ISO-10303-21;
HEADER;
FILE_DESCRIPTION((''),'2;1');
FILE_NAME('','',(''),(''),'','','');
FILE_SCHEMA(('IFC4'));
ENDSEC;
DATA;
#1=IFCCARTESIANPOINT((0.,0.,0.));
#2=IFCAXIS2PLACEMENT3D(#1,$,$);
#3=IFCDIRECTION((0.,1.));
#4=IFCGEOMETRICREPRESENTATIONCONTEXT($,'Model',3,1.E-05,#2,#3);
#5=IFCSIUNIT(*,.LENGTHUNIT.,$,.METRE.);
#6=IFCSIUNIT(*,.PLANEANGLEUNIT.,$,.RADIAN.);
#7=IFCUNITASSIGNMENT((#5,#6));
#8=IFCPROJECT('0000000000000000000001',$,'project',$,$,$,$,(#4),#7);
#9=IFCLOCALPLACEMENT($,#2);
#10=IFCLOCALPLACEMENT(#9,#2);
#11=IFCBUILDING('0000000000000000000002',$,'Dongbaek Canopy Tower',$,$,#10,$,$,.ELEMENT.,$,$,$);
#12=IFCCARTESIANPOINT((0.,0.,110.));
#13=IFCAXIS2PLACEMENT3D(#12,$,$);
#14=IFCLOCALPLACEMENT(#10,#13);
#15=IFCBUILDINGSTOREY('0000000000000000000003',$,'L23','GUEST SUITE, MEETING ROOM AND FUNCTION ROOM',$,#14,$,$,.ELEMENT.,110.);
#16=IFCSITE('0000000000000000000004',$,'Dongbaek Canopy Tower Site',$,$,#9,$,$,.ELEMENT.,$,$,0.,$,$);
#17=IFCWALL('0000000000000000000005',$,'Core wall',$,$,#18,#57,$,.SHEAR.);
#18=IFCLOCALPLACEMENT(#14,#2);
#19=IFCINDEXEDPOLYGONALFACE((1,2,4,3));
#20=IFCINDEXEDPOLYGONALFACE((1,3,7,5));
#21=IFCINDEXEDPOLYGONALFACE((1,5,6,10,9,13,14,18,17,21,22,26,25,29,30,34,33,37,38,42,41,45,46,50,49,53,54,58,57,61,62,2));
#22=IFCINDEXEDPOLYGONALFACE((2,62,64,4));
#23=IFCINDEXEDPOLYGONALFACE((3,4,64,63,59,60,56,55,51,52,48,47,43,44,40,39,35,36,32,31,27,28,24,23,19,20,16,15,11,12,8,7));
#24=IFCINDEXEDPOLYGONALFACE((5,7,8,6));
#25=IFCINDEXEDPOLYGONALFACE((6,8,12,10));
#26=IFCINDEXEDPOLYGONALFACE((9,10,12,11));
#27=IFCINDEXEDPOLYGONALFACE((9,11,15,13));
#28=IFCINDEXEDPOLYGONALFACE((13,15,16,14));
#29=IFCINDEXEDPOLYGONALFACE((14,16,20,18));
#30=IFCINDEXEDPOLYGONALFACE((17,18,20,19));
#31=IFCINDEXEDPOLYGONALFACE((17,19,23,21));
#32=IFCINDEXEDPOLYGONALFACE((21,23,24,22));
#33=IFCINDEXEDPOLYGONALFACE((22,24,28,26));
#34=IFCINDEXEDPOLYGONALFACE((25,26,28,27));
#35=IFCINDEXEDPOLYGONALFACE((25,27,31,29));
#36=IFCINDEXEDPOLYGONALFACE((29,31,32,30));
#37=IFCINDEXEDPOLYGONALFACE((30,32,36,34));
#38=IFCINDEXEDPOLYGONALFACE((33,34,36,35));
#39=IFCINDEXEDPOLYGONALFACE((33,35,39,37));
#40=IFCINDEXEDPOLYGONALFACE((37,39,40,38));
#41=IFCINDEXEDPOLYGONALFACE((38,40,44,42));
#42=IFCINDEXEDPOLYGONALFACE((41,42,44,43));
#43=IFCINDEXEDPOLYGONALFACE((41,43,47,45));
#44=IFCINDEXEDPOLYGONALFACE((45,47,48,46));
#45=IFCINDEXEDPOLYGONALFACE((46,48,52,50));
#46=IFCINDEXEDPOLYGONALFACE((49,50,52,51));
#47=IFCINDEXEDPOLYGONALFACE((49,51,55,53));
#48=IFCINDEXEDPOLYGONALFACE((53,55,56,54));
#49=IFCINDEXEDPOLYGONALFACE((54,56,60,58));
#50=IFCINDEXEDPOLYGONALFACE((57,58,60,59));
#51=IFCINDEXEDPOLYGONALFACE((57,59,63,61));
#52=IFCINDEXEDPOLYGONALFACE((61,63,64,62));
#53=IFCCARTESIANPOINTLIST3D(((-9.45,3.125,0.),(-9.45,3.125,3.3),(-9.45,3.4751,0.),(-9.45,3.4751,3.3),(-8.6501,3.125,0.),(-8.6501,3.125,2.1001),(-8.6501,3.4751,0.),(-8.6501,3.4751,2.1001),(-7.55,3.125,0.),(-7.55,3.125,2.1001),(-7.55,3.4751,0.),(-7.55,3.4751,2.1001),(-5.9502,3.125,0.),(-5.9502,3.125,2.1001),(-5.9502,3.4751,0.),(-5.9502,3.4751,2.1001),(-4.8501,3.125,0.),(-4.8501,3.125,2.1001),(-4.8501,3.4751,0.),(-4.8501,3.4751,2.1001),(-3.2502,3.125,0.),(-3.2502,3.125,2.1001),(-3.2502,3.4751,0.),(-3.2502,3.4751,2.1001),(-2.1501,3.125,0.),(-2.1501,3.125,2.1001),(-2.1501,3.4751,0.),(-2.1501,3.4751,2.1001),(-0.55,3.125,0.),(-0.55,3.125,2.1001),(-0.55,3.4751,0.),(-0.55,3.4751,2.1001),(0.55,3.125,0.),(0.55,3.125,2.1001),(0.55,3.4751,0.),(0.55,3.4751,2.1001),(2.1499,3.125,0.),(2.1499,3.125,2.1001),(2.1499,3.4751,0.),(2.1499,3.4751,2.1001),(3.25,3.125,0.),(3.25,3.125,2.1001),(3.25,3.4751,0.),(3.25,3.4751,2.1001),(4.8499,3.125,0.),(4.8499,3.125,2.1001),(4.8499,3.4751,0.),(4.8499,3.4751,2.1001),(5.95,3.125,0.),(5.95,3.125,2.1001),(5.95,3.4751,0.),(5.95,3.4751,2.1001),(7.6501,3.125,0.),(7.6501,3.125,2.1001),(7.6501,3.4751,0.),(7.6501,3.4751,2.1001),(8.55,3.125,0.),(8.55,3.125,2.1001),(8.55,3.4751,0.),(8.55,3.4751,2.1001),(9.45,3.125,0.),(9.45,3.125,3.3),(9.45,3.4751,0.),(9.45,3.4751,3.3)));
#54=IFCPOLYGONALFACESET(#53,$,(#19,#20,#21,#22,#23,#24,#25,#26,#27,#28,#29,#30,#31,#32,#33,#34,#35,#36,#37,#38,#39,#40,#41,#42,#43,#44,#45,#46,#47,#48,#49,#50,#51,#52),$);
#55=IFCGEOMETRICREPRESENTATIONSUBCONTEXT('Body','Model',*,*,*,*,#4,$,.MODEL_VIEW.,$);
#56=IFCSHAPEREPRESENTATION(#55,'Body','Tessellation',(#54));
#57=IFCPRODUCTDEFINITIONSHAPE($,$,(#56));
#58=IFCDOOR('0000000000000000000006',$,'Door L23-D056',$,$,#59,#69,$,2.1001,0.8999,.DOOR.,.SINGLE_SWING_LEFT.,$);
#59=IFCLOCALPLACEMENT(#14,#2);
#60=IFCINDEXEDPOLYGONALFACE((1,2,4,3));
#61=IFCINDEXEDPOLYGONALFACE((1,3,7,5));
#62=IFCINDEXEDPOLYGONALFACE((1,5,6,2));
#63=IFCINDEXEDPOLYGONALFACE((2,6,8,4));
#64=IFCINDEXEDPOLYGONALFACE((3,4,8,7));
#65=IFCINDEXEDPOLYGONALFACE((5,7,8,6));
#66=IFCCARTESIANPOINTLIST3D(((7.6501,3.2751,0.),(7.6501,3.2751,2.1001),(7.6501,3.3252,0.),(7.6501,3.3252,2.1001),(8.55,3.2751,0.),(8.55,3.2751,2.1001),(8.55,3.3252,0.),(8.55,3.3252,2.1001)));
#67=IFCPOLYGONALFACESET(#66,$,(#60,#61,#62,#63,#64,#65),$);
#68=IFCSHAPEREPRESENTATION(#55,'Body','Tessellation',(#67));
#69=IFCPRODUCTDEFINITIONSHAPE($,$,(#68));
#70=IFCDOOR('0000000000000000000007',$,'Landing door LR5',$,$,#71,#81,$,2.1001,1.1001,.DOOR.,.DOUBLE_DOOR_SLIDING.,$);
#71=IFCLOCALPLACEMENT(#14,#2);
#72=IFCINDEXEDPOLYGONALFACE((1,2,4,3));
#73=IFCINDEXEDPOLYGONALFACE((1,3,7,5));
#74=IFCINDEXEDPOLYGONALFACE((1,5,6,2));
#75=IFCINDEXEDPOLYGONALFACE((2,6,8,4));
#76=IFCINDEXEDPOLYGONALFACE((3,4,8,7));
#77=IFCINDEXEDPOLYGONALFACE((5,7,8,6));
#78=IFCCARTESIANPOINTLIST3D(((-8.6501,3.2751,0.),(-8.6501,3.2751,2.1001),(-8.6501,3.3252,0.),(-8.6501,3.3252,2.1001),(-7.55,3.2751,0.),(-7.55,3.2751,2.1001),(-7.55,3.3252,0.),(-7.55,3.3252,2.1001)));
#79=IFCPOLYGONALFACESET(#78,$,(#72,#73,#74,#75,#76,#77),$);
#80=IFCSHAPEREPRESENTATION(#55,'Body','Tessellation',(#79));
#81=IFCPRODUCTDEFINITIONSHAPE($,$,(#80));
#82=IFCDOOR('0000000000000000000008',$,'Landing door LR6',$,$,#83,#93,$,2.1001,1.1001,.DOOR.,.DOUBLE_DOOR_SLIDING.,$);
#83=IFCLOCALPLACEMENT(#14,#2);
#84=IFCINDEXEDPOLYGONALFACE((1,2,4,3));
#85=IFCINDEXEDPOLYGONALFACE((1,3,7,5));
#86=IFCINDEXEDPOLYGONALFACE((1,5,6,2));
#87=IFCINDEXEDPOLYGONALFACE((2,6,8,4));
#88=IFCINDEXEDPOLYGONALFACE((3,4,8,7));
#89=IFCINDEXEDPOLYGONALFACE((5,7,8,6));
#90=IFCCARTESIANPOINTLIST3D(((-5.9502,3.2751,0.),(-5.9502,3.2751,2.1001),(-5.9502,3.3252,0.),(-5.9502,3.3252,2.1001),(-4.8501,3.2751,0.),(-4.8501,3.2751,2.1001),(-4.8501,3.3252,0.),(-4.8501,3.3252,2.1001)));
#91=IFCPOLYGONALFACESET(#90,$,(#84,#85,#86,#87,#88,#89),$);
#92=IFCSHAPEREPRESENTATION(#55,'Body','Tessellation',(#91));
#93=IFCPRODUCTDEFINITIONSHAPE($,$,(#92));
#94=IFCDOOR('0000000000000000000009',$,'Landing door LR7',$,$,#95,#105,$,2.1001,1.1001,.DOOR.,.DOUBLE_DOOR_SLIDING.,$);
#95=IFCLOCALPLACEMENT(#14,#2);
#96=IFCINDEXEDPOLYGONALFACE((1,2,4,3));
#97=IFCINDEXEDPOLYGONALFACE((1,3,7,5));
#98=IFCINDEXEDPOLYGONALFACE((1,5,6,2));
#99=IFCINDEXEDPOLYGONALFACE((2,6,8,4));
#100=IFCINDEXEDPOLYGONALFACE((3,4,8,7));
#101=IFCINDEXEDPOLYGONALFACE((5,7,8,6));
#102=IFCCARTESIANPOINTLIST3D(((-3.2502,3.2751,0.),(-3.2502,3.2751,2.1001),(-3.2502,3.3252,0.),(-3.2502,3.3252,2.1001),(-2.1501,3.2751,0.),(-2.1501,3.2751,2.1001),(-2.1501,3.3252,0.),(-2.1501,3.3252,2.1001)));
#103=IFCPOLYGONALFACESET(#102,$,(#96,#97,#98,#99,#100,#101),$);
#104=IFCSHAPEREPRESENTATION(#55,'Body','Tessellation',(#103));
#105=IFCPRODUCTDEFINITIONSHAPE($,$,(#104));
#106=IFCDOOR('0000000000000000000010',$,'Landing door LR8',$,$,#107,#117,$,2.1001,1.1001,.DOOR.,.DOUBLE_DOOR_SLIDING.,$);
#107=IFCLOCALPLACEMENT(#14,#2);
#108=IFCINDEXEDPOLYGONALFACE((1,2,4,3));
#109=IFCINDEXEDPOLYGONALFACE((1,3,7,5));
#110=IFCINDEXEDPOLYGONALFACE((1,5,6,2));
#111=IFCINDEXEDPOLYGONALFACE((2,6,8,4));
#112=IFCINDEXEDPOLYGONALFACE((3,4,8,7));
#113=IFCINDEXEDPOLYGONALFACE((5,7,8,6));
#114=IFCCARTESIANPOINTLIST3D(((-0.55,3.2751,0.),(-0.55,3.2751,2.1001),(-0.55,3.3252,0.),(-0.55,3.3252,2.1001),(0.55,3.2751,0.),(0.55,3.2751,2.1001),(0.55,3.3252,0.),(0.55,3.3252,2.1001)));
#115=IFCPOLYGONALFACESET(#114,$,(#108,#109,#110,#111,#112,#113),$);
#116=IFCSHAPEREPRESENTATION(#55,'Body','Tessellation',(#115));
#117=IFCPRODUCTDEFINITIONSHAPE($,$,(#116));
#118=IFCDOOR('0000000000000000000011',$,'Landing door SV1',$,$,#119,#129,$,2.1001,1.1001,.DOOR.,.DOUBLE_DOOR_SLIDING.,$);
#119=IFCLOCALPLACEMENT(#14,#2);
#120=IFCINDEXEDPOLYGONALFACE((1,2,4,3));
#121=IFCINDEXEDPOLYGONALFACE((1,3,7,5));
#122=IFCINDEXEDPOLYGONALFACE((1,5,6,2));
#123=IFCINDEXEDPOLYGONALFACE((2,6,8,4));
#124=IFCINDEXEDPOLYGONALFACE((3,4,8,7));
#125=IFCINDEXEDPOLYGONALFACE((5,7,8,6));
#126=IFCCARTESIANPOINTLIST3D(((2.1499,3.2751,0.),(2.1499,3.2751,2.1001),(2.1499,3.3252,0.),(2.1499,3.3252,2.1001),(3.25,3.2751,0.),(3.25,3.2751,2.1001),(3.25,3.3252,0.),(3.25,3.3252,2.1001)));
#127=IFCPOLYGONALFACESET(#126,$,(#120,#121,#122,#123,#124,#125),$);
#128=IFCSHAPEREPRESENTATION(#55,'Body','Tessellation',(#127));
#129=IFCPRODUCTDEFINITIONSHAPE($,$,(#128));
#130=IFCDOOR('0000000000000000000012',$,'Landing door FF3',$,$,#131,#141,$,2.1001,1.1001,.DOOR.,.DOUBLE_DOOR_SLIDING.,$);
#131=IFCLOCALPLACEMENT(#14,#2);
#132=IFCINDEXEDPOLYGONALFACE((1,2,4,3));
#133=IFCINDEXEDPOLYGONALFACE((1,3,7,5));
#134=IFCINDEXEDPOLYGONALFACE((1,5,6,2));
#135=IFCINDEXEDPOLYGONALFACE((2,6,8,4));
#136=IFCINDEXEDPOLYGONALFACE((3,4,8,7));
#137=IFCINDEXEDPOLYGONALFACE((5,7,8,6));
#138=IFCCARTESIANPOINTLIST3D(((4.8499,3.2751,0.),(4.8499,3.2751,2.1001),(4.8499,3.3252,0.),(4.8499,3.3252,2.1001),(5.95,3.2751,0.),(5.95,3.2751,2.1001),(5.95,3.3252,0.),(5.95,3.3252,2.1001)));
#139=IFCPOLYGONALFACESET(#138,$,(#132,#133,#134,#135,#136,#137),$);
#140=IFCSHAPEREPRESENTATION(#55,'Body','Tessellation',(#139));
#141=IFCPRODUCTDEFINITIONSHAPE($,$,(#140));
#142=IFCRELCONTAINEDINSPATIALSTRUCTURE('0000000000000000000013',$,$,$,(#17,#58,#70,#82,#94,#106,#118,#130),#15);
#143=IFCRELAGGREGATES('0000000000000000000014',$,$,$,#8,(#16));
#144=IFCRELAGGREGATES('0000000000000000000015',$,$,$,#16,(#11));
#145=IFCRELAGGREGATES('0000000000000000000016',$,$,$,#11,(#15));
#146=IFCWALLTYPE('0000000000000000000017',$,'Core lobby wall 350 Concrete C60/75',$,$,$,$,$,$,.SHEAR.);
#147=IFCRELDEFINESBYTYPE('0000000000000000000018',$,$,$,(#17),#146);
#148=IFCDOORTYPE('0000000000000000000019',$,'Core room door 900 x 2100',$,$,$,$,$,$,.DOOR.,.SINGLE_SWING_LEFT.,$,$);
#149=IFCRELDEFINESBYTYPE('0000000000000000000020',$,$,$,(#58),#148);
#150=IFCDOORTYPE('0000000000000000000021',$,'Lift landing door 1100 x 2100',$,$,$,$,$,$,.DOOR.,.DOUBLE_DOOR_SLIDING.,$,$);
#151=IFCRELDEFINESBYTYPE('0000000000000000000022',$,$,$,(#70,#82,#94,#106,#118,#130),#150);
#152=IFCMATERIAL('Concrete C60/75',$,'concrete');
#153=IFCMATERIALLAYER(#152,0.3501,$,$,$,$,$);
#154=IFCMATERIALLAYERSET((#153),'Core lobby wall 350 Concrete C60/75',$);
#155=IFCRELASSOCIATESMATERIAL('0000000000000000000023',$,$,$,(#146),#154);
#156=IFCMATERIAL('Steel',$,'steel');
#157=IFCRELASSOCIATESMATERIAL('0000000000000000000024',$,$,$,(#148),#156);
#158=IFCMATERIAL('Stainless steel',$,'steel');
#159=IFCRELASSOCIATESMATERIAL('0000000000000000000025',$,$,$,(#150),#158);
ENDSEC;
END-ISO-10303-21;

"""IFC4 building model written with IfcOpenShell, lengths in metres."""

from ifc_helpers import new_model, si_unit, direction, frame, frame_2d, origin, place, context, subcontext, project, spatial, rectangle, extrude, material, layer, layer_set, type_object, element, fill, save


model = new_model("IFC4")

# Units and contexts
model_context = context("Model", 3, precision=1e-05, world=origin(), true_north=direction((0.0, 1.0)))
body_context = subcontext(model_context, "Body", "Model", "MODEL_VIEW")
ifc_project = project(units=[si_unit("LENGTHUNIT", "METRE"), si_unit("PLANEANGLEUNIT", "RADIAN")], contexts=[model_context])

# Site, building, storey
site_placement = place(None, origin())
site = spatial("IfcSite", under=ifc_project, at=site_placement, Name="Dongbaek Canopy Tower Site", CompositionType="ELEMENT", RefElevation=0.0)
building_placement = place(site_placement, origin())
building = spatial("IfcBuilding", under=site, at=building_placement, Name="Dongbaek Canopy Tower", CompositionType="ELEMENT")
storey_placement = place(building_placement, frame((0.0, 0.0, 110.0)))
storey = spatial("IfcBuildingStorey", under=building, at=storey_placement, Name="L23", Description="GUEST SUITE, MEETING ROOM AND FUNCTION ROOM", CompositionType="ELEMENT", Elevation=110.0)

# Wall, openings, doors
ifc_material_1 = material(Name="Concrete C60/75", Category="concrete")
ifc_layer_1 = layer(ifc_material_1, 0.3501)
ifc_layer_set_1 = layer_set([ifc_layer_1], Name="Core lobby wall 350 Concrete C60/75")
wall_type_1 = type_object("IfcWallType", Name="Core lobby wall 350 Concrete C60/75", PredefinedType="SHEAR", material=ifc_layer_set_1)
wall_1_placement = place(storey_placement, frame((9.45, 3.3, 0.0), z_axis=(0.0, 0.0, 1.0), x_axis=(-1.0, 0.0, 0.0)))
wall_1 = element("IfcWall", 1, at=wall_1_placement, inside=storey, type_object=wall_type_1, Name="Core wall", PredefinedType="SHEAR", context=body_context, shape_type="SweptSolid", body=[
    extrude(rectangle(XDim=18.8999, YDim=0.3501, at=frame_2d((9.45, 0.0))), origin(), (0.0, 0.0, 1.0), 3.3),
])
opening_1_placement = place(wall_1_placement, frame((17.0, 0.0, 0.0)))
opening_1 = element("IfcOpeningElement", 2, at=opening_1_placement, cuts=wall_1, PredefinedType="OPENING", context=body_context, shape_type="SweptSolid", body=[
    extrude(rectangle(XDim=1.1001, YDim=2.1001, at=frame_2d((0.55, 1.05))), frame((0.0, 0.1851, 0.0), z_axis=(0.0, -1.0, 0.0), x_axis=(1.0, 0.0, 0.0)), (0.0, 0.0, 1.0), 0.3701),
])
opening_2_placement = place(wall_1_placement, frame((14.3, 0.0, 0.0)))
opening_2 = element("IfcOpeningElement", 3, at=opening_2_placement, cuts=wall_1, PredefinedType="OPENING", context=body_context, shape_type="SweptSolid", body=[
    extrude(rectangle(XDim=1.1001, YDim=2.1001, at=frame_2d((0.55, 1.05))), frame((0.0, 0.1851, 0.0), z_axis=(0.0, -1.0, 0.0), x_axis=(1.0, 0.0, 0.0)), (0.0, 0.0, 1.0), 0.3701),
])
opening_3_placement = place(wall_1_placement, frame((11.6001, 0.0, 0.0)))
opening_3 = element("IfcOpeningElement", 4, at=opening_3_placement, cuts=wall_1, PredefinedType="OPENING", context=body_context, shape_type="SweptSolid", body=[
    extrude(rectangle(XDim=1.1001, YDim=2.1001, at=frame_2d((0.55, 1.05))), frame((0.0, 0.1851, 0.0), z_axis=(0.0, -1.0, 0.0), x_axis=(1.0, 0.0, 0.0)), (0.0, 0.0, 1.0), 0.3701),
])
opening_4_placement = place(wall_1_placement, frame((8.8999, 0.0, 0.0)))
opening_4 = element("IfcOpeningElement", 5, at=opening_4_placement, cuts=wall_1, PredefinedType="OPENING", context=body_context, shape_type="SweptSolid", body=[
    extrude(rectangle(XDim=1.1001, YDim=2.1001, at=frame_2d((0.55, 1.05))), frame((0.0, 0.1851, 0.0), z_axis=(0.0, -1.0, 0.0), x_axis=(1.0, 0.0, 0.0)), (0.0, 0.0, 1.0), 0.3701),
])
opening_5_placement = place(wall_1_placement, frame((6.2, 0.0, 0.0)))
opening_5 = element("IfcOpeningElement", 6, at=opening_5_placement, cuts=wall_1, PredefinedType="OPENING", context=body_context, shape_type="SweptSolid", body=[
    extrude(rectangle(XDim=1.1001, YDim=2.1001, at=frame_2d((0.55, 1.05))), frame((0.0, 0.1851, 0.0), z_axis=(0.0, -1.0, 0.0), x_axis=(1.0, 0.0, 0.0)), (0.0, 0.0, 1.0), 0.3701),
])
opening_6_placement = place(wall_1_placement, frame((3.5, 0.0, 0.0)))
opening_6 = element("IfcOpeningElement", 7, at=opening_6_placement, cuts=wall_1, PredefinedType="OPENING", context=body_context, shape_type="SweptSolid", body=[
    extrude(rectangle(XDim=1.1001, YDim=2.1001, at=frame_2d((0.55, 1.05))), frame((0.0, 0.1851, 0.0), z_axis=(0.0, -1.0, 0.0), x_axis=(1.0, 0.0, 0.0)), (0.0, 0.0, 1.0), 0.3701),
])
opening_7_placement = place(wall_1_placement, frame((0.8999, 0.0, 0.0)))
opening_7 = element("IfcOpeningElement", 8, at=opening_7_placement, cuts=wall_1, PredefinedType="OPENING", context=body_context, shape_type="SweptSolid", body=[
    extrude(rectangle(XDim=0.8999, YDim=2.1001, at=frame_2d((0.45, 1.05))), frame((0.0, 0.1851, 0.0), z_axis=(0.0, -1.0, 0.0), x_axis=(1.0, 0.0, 0.0)), (0.0, 0.0, 1.0), 0.3701),
])
ifc_material_2 = material(Name="Steel", Category="steel")
door_type_1 = type_object("IfcDoorType", Name="Core room door 900 x 2100", OperationType="SINGLE_SWING_LEFT", PredefinedType="DOOR", material=ifc_material_2)
door_1_placement = place(opening_7_placement, origin())
door_1 = element("IfcDoor", 9, at=door_1_placement, inside=storey, type_object=door_type_1, Name="Door L23-D056", OperationType="SINGLE_SWING_LEFT", OverallHeight=2.1001, OverallWidth=0.8999, PredefinedType="DOOR", context=body_context, shape_type="SweptSolid", body=[
    extrude(rectangle(XDim=0.8999, YDim=2.1001, at=frame_2d((0.45, 1.05))), frame((0.0, 0.0249, 0.0), z_axis=(0.0, -1.0, 0.0), x_axis=(1.0, 0.0, 0.0)), (0.0, 0.0, 1.0), 0.05),
])
fill(opening_7, door_1)
ifc_material_3 = material(Name="Stainless steel", Category="steel")
door_type_2 = type_object("IfcDoorType", Name="Lift landing door 1100 x 2100", OperationType="DOUBLE_DOOR_SLIDING", PredefinedType="DOOR", material=ifc_material_3)
door_2_placement = place(opening_1_placement, origin())
door_2 = element("IfcDoor", 10, at=door_2_placement, inside=storey, type_object=door_type_2, Name="Landing door LR5", OperationType="DOUBLE_DOOR_SLIDING", OverallHeight=2.1001, OverallWidth=1.1001, PredefinedType="DOOR", context=body_context, shape_type="SweptSolid", body=[
    extrude(rectangle(XDim=1.1001, YDim=2.1001, at=frame_2d((0.55, 1.05))), frame((0.0, 0.0249, 0.0), z_axis=(0.0, -1.0, 0.0), x_axis=(1.0, 0.0, 0.0)), (0.0, 0.0, 1.0), 0.05),
])
fill(opening_1, door_2)
door_3_placement = place(opening_2_placement, origin())
door_3 = element("IfcDoor", 11, at=door_3_placement, inside=storey, type_object=door_type_2, Name="Landing door LR6", OperationType="DOUBLE_DOOR_SLIDING", OverallHeight=2.1001, OverallWidth=1.1001, PredefinedType="DOOR", context=body_context, shape_type="SweptSolid", body=[
    extrude(rectangle(XDim=1.1001, YDim=2.1001, at=frame_2d((0.55, 1.05))), frame((0.0, 0.0249, 0.0), z_axis=(0.0, -1.0, 0.0), x_axis=(1.0, 0.0, 0.0)), (0.0, 0.0, 1.0), 0.05),
])
fill(opening_2, door_3)
door_4_placement = place(opening_3_placement, origin())
door_4 = element("IfcDoor", 12, at=door_4_placement, inside=storey, type_object=door_type_2, Name="Landing door LR7", OperationType="DOUBLE_DOOR_SLIDING", OverallHeight=2.1001, OverallWidth=1.1001, PredefinedType="DOOR", context=body_context, shape_type="SweptSolid", body=[
    extrude(rectangle(XDim=1.1001, YDim=2.1001, at=frame_2d((0.55, 1.05))), frame((0.0, 0.0249, 0.0), z_axis=(0.0, -1.0, 0.0), x_axis=(1.0, 0.0, 0.0)), (0.0, 0.0, 1.0), 0.05),
])
fill(opening_3, door_4)
door_5_placement = place(opening_4_placement, origin())
door_5 = element("IfcDoor", 13, at=door_5_placement, inside=storey, type_object=door_type_2, Name="Landing door LR8", OperationType="DOUBLE_DOOR_SLIDING", OverallHeight=2.1001, OverallWidth=1.1001, PredefinedType="DOOR", context=body_context, shape_type="SweptSolid", body=[
    extrude(rectangle(XDim=1.1001, YDim=2.1001, at=frame_2d((0.55, 1.05))), frame((0.0, 0.0249, 0.0), z_axis=(0.0, -1.0, 0.0), x_axis=(1.0, 0.0, 0.0)), (0.0, 0.0, 1.0), 0.05),
])
fill(opening_4, door_5)
door_6_placement = place(opening_5_placement, origin())
door_6 = element("IfcDoor", 14, at=door_6_placement, inside=storey, type_object=door_type_2, Name="Landing door SV1", OperationType="DOUBLE_DOOR_SLIDING", OverallHeight=2.1001, OverallWidth=1.1001, PredefinedType="DOOR", context=body_context, shape_type="SweptSolid", body=[
    extrude(rectangle(XDim=1.1001, YDim=2.1001, at=frame_2d((0.55, 1.05))), frame((0.0, 0.0249, 0.0), z_axis=(0.0, -1.0, 0.0), x_axis=(1.0, 0.0, 0.0)), (0.0, 0.0, 1.0), 0.05),
])
fill(opening_5, door_6)
door_7_placement = place(opening_6_placement, origin())
door_7 = element("IfcDoor", 15, at=door_7_placement, inside=storey, type_object=door_type_2, Name="Landing door FF3", OperationType="DOUBLE_DOOR_SLIDING", OverallHeight=2.1001, OverallWidth=1.1001, PredefinedType="DOOR", context=body_context, shape_type="SweptSolid", body=[
    extrude(rectangle(XDim=1.1001, YDim=2.1001, at=frame_2d((0.55, 1.05))), frame((0.0, 0.0249, 0.0), z_axis=(0.0, -1.0, 0.0), x_axis=(1.0, 0.0, 0.0)), (0.0, 0.0, 1.0), 0.05),
])
fill(opening_6, door_7)

save(model, "model.ifc")
